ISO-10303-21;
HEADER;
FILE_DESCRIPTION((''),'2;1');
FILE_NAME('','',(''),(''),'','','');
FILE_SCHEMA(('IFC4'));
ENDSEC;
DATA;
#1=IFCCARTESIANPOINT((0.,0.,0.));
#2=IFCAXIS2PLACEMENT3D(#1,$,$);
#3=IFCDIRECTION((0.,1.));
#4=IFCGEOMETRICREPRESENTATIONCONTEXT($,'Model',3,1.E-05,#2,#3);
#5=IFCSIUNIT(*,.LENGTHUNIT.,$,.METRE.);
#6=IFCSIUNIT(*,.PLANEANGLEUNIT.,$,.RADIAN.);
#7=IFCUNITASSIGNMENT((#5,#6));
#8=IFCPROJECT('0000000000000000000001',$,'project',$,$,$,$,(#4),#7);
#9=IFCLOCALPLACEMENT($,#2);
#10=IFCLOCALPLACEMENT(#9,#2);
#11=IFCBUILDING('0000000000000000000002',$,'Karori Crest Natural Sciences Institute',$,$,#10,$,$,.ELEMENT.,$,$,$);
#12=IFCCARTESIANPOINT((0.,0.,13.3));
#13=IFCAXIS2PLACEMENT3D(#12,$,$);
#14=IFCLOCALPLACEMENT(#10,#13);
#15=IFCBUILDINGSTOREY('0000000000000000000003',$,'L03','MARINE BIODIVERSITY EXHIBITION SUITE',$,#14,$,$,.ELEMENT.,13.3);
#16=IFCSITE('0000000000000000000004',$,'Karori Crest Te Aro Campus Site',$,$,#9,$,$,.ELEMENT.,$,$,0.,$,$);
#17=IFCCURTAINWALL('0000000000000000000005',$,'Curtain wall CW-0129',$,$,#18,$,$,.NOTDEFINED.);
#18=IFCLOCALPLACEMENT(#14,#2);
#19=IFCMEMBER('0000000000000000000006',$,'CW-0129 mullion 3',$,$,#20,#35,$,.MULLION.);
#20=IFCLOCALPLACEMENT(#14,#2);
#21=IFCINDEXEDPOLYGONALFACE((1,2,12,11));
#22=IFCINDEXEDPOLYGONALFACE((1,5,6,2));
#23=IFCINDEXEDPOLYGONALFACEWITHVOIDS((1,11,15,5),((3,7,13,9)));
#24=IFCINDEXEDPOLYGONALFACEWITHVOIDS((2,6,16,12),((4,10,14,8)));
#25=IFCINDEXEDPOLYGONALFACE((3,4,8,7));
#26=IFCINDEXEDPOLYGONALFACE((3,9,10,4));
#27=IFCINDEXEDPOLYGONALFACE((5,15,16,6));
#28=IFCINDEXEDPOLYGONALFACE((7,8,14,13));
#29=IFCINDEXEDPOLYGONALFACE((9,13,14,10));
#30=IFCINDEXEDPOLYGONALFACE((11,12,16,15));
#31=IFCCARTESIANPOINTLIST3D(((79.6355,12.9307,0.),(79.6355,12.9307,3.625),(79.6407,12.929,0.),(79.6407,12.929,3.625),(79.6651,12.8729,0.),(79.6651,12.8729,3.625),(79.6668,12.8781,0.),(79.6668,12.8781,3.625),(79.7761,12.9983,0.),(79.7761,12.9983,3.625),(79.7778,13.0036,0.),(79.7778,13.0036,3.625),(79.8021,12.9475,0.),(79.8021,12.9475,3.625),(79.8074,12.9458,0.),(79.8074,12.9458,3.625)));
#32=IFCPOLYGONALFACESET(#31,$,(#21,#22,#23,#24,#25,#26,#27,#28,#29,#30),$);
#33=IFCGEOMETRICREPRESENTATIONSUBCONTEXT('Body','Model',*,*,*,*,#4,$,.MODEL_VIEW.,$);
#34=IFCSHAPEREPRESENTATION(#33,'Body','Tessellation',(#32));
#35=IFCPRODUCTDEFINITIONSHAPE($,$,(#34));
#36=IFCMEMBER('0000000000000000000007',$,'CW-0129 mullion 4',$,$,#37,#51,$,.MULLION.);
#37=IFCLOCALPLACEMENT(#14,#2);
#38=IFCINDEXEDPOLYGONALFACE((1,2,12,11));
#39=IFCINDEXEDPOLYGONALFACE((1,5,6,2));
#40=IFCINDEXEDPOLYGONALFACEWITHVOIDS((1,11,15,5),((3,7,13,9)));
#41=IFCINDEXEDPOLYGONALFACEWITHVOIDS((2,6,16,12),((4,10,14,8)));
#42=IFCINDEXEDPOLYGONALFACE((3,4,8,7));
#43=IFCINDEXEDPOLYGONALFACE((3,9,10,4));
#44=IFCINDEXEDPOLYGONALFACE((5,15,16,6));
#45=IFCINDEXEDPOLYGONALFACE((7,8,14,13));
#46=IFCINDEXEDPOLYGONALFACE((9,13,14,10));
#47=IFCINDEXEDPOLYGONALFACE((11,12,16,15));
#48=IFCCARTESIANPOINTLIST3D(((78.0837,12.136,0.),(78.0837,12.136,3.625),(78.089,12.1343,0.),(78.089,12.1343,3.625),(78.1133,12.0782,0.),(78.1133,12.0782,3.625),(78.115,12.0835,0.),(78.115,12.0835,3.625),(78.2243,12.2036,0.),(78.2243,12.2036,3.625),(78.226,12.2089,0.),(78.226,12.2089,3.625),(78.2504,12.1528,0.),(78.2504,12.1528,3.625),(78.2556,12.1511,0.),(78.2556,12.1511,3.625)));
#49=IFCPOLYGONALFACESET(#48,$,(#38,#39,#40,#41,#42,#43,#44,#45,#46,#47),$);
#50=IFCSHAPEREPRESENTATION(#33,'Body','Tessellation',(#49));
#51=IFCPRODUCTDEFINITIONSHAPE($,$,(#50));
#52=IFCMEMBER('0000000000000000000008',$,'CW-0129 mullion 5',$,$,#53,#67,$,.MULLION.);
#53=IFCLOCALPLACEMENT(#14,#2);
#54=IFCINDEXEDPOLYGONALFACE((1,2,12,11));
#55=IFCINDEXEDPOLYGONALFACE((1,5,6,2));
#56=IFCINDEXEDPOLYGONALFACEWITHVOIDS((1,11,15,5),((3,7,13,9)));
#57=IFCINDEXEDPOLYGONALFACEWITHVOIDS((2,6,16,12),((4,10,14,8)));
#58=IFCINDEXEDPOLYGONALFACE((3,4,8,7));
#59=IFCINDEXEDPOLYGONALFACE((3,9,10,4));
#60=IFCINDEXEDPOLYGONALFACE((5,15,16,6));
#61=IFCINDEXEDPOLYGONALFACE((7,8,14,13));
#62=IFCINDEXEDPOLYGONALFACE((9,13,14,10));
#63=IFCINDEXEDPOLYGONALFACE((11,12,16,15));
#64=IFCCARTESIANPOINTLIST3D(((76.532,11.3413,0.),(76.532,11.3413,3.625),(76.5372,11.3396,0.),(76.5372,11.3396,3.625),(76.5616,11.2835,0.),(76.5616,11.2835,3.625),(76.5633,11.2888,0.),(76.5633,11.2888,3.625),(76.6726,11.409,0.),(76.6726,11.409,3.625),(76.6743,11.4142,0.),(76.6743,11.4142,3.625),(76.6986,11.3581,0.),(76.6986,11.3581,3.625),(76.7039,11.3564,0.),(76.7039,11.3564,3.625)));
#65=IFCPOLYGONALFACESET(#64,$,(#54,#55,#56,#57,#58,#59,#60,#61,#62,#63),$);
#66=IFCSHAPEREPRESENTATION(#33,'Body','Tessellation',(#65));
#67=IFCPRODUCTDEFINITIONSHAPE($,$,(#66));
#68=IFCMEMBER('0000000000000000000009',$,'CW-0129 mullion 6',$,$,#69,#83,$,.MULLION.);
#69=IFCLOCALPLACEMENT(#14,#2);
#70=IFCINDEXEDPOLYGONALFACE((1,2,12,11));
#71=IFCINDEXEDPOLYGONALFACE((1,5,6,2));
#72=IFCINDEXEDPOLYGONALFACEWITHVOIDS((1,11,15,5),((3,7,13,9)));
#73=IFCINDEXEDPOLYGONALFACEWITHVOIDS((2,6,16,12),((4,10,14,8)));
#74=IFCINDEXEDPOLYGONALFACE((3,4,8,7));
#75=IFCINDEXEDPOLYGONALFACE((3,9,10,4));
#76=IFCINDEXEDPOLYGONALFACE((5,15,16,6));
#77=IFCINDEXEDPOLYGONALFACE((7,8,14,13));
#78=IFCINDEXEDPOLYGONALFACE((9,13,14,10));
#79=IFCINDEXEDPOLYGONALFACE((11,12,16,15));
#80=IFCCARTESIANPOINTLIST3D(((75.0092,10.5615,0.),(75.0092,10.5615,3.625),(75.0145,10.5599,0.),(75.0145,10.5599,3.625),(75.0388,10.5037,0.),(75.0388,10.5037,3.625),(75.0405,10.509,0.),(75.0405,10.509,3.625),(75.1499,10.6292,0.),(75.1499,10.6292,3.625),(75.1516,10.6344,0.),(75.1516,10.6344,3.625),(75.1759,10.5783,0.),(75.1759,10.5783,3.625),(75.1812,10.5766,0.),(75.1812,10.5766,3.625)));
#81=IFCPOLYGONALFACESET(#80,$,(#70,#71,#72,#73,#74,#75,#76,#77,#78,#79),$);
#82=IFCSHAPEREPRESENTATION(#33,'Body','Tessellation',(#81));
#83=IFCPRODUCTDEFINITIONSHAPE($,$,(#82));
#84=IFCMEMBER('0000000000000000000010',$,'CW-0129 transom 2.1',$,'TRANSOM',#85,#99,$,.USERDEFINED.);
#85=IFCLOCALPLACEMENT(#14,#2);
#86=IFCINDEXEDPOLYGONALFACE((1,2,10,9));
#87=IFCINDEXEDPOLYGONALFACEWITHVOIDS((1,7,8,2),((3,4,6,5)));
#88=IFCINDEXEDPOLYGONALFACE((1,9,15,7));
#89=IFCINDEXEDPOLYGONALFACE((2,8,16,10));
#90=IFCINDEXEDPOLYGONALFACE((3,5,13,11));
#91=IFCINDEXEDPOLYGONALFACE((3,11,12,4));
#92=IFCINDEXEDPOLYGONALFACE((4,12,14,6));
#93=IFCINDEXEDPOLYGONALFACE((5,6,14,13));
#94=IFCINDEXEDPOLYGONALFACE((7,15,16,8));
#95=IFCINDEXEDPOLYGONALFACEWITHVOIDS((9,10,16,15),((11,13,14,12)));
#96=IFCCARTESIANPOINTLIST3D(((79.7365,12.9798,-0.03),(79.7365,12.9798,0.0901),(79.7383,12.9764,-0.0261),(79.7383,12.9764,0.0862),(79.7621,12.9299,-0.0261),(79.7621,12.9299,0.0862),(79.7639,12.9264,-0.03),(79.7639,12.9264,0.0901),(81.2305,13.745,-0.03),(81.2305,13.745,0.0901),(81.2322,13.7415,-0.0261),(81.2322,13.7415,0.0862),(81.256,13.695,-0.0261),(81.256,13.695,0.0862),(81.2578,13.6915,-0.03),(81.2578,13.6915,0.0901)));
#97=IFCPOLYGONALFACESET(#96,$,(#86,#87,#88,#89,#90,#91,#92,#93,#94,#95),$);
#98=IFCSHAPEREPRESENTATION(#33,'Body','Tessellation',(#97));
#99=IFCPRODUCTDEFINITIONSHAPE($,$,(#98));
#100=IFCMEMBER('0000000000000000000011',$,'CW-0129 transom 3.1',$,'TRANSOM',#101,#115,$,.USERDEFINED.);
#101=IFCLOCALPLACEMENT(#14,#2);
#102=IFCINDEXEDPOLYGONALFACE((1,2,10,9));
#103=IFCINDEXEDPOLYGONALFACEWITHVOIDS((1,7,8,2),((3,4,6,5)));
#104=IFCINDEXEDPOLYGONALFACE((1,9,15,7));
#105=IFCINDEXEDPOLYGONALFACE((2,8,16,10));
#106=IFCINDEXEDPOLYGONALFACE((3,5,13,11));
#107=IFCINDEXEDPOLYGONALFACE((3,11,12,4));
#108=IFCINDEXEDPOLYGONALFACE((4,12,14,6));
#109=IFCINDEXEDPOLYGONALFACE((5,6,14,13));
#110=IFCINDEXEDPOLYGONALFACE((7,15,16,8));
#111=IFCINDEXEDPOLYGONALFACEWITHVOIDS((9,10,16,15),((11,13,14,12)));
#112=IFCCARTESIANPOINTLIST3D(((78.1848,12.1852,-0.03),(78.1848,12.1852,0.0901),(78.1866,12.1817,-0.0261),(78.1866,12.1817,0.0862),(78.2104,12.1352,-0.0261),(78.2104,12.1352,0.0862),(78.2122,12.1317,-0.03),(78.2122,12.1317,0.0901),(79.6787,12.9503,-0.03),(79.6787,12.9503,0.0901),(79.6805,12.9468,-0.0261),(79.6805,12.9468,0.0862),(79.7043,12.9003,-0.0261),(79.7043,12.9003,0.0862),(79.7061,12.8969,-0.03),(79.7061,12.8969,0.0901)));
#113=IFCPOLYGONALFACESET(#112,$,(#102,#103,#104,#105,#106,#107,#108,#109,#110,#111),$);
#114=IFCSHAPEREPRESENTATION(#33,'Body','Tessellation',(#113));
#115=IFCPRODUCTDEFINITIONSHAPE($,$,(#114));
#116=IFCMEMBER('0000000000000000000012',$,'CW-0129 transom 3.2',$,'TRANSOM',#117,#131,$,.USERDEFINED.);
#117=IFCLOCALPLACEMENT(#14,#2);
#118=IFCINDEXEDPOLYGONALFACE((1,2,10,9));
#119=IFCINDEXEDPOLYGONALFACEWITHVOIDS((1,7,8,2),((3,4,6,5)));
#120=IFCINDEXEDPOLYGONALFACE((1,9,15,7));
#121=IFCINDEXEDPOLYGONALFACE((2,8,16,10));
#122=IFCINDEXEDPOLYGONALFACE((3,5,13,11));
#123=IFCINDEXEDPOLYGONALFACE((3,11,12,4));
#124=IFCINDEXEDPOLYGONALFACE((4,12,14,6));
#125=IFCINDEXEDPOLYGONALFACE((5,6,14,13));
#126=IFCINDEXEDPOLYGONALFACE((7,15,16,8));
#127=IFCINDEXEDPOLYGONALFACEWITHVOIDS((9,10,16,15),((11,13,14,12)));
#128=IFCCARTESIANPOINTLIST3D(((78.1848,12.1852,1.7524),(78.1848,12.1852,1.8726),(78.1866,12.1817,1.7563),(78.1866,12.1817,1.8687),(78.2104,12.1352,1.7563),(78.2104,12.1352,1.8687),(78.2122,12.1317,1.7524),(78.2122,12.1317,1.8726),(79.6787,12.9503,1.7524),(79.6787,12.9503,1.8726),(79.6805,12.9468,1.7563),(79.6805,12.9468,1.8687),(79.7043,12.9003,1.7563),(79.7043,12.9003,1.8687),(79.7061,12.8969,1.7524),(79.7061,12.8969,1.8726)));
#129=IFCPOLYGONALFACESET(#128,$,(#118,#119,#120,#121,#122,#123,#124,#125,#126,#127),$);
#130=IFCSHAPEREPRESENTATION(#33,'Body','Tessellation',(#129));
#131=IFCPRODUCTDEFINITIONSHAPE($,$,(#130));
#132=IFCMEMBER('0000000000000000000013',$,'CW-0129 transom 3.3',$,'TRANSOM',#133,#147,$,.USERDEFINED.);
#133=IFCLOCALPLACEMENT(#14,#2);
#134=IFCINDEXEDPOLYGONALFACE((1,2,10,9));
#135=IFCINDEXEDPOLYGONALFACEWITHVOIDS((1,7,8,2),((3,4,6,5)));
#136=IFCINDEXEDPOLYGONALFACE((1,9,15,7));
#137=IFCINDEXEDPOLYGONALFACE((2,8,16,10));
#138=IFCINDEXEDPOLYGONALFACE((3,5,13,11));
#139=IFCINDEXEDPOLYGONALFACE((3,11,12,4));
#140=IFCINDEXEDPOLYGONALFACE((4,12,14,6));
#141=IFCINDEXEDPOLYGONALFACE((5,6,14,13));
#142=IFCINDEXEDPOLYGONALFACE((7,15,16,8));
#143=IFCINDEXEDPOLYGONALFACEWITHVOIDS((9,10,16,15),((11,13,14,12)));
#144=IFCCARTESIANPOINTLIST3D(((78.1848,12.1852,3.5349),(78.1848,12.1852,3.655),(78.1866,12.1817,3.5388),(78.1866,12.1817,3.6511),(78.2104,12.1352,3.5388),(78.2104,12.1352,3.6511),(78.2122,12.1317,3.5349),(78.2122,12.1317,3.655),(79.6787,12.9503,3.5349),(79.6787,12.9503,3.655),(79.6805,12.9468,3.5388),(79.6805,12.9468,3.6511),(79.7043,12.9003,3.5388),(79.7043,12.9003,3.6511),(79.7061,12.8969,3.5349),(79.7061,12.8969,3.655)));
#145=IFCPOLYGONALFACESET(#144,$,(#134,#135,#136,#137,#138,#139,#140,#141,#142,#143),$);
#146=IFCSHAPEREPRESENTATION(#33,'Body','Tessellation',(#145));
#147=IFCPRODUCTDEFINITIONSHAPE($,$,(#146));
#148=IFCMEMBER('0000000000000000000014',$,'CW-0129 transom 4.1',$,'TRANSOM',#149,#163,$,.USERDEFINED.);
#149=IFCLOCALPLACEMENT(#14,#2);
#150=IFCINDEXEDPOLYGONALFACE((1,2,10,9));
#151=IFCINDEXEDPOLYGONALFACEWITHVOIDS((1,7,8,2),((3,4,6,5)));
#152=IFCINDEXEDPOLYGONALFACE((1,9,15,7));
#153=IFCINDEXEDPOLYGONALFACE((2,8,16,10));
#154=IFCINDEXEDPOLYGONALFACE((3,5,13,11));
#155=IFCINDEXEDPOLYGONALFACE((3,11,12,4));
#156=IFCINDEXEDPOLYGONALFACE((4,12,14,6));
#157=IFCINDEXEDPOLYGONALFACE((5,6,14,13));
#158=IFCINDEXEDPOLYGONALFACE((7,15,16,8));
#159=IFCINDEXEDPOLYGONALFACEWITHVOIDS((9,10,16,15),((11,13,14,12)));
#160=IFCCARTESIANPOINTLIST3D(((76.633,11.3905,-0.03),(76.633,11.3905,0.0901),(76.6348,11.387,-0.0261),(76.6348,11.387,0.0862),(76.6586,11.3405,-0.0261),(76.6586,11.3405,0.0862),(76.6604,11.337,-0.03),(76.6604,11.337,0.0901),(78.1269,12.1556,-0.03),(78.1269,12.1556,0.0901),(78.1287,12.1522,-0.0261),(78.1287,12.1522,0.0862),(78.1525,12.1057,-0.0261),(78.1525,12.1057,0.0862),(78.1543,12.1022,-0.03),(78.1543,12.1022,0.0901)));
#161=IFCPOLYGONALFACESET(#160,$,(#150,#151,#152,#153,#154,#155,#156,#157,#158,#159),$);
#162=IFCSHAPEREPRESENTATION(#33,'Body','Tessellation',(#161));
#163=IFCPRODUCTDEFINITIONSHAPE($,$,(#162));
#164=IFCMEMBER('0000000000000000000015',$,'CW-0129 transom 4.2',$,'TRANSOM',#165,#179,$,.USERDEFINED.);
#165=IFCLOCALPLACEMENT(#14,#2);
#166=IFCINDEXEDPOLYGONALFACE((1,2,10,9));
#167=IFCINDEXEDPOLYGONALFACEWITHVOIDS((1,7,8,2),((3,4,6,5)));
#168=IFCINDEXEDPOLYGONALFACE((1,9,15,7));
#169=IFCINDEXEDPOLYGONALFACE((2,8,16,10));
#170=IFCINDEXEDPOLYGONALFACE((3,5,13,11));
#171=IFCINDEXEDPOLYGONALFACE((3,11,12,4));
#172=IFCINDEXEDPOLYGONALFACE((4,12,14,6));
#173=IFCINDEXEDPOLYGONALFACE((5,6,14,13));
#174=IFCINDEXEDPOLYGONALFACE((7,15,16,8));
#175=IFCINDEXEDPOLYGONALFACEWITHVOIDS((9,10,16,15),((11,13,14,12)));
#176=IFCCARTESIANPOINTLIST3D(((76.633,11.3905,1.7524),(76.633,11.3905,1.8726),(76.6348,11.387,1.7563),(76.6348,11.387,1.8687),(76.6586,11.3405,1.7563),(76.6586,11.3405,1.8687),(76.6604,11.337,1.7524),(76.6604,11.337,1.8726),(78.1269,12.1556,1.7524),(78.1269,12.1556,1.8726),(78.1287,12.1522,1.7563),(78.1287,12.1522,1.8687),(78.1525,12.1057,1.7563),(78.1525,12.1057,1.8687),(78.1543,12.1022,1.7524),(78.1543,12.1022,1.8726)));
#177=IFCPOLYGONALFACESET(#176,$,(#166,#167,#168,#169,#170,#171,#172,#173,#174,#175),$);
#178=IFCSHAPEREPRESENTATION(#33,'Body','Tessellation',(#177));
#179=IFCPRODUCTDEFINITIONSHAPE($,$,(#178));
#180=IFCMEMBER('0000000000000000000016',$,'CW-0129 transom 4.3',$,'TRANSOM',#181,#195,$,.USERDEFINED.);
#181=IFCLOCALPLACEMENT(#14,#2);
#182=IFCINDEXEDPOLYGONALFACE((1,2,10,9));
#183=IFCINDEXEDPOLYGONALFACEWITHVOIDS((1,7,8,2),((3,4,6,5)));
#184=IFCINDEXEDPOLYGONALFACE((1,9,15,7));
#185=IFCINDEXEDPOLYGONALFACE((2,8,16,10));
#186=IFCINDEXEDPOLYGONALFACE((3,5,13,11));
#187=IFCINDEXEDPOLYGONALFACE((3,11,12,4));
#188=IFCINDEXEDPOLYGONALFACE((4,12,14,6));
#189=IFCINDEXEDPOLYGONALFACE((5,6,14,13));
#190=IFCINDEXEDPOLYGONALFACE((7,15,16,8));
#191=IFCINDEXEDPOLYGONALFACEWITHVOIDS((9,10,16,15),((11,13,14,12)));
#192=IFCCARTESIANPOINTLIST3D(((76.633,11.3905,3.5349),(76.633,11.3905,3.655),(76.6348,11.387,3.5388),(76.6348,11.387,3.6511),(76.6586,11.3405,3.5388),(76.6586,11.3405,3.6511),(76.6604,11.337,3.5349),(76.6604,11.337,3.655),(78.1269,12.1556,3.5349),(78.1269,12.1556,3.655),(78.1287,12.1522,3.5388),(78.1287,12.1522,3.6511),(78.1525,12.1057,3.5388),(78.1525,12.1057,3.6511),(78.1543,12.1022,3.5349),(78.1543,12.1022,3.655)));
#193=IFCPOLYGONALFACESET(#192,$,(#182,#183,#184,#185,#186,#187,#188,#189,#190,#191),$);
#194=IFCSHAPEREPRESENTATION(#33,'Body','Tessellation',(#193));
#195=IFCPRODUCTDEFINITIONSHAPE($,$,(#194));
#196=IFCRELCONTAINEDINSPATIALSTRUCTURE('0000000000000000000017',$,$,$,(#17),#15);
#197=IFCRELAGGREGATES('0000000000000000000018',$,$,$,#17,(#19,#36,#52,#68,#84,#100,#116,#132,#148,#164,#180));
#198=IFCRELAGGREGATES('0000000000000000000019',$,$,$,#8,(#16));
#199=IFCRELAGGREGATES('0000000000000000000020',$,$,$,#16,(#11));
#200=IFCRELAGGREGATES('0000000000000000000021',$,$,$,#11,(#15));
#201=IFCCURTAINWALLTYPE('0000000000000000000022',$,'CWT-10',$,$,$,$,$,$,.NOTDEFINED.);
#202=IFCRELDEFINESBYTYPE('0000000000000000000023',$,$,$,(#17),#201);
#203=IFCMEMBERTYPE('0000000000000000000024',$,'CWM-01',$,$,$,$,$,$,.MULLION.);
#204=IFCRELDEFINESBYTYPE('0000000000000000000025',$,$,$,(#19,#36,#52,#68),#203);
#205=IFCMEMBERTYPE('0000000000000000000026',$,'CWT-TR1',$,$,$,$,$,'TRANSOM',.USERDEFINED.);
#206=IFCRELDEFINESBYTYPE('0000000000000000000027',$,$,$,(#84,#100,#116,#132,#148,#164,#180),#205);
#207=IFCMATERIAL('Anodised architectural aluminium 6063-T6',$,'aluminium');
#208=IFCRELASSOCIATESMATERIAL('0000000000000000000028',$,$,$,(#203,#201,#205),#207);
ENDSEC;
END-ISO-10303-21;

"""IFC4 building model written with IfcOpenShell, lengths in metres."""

from ifc_helpers import new_model, si_unit, direction, frame, origin, origin_2d, place, context, subcontext, project, spatial, hollow_rectangle, extrude, material, material_profile, profile_set, type_object, element, aggregate, save


model = new_model("IFC4")

# Units and contexts
model_context = context("Model", 3, precision=1e-05, world=origin(), true_north=direction((0.0, 1.0)))
body_context = subcontext(model_context, "Body", "Model", "MODEL_VIEW")
ifc_project = project(units=[si_unit("LENGTHUNIT", "METRE"), si_unit("PLANEANGLEUNIT", "RADIAN")], contexts=[model_context])

# Site, building, storey
site_placement = place(None, origin())
site = spatial("IfcSite", under=ifc_project, at=site_placement, Name="Karori Crest Te Aro Campus Site", CompositionType="ELEMENT", RefElevation=0.0)
building_placement = place(site_placement, origin())
building = spatial("IfcBuilding", under=site, at=building_placement, Name="Karori Crest Natural Sciences Institute", CompositionType="ELEMENT")
storey_placement = place(building_placement, frame((0.0, 0.0, 13.3)))
storey = spatial("IfcBuildingStorey", under=building, at=storey_placement, Name="L03", Description="MARINE BIODIVERSITY EXHIBITION SUITE", CompositionType="ELEMENT", Elevation=13.3)

# Shared definitions
ifc_material_1 = material(Name="Anodised architectural aluminium 6063-T6", Category="aluminium")
ifc_material_profile_1 = material_profile(ifc_material_1, hollow_rectangle(XDim=0.0649, YDim=0.1599, WallThickness=0.0039, at=origin_2d()), Name="CWM160x65x4")
ifc_profile_set_1 = profile_set([ifc_material_profile_1], Name="Anodised architectural aluminium 6063-T6")
member_type_1 = type_object("IfcMemberType", Name="CWM-01", PredefinedType="MULLION", material=ifc_profile_set_1)

# Curtain wall, members
curtain_wall_type_1 = type_object("IfcCurtainWallType", Name="CWT-10", PredefinedType="NOTDEFINED", material=ifc_material_1)
curtain_wall_1_placement = place(storey_placement, origin())
curtain_wall_1 = element("IfcCurtainWall", 1, at=curtain_wall_1_placement, inside=storey, type_object=curtain_wall_type_1, Name="Curtain wall CW-0129", PredefinedType="NOTDEFINED")
member_1_placement = place(storey_placement, frame((79.7214, 12.9382, 0.0), z_axis=(0.0, 0.0, 1.0), x_axis=(0.455829, -0.890067, 0.0)))
member_1 = element("IfcMember", 2, at=member_1_placement, type_object=member_type_1, Name="CW-0129 mullion 3", PredefinedType="MULLION", context=body_context, shape_type="SweptSolid", body=[
    extrude(hollow_rectangle(XDim=0.0649, YDim=0.1599, WallThickness=0.0039, at=origin_2d()), origin(), (0.0, 0.0, 1.0), 3.625),
])
member_2_placement = place(storey_placement, frame((78.1697, 12.1436, 0.0), z_axis=(0.0, 0.0, 1.0), x_axis=(0.455829, -0.890067, 0.0)))
member_2 = element("IfcMember", 3, at=member_2_placement, type_object=member_type_1, Name="CW-0129 mullion 4", PredefinedType="MULLION", context=body_context, shape_type="SweptSolid", body=[
    extrude(hollow_rectangle(XDim=0.0649, YDim=0.1599, WallThickness=0.0039, at=origin_2d()), origin(), (0.0, 0.0, 1.0), 3.625),
])
member_3_placement = place(storey_placement, frame((76.6179, 11.3489, 0.0), z_axis=(0.0, 0.0, 1.0), x_axis=(0.455829, -0.890067, 0.0)))
member_3 = element("IfcMember", 4, at=member_3_placement, type_object=member_type_1, Name="CW-0129 mullion 5", PredefinedType="MULLION", context=body_context, shape_type="SweptSolid", body=[
    extrude(hollow_rectangle(XDim=0.0649, YDim=0.1599, WallThickness=0.0039, at=origin_2d()), origin(), (0.0, 0.0, 1.0), 3.625),
])
member_4_placement = place(storey_placement, frame((75.0952, 10.5691, 0.0), z_axis=(0.0, 0.0, 1.0), x_axis=(0.455829, -0.890067, 0.0)))
member_4 = element("IfcMember", 5, at=member_4_placement, type_object=member_type_1, Name="CW-0129 mullion 6", PredefinedType="MULLION", context=body_context, shape_type="SweptSolid", body=[
    extrude(hollow_rectangle(XDim=0.0649, YDim=0.1599, WallThickness=0.0039, at=origin_2d()), origin(), (0.0, 0.0, 1.0), 3.625),
])
ifc_material_profile_2 = material_profile(ifc_material_1, hollow_rectangle(XDim=0.0601, YDim=0.1201, WallThickness=0.0039, at=origin_2d()), Name="CWT120x60x4")
ifc_profile_set_2 = profile_set([ifc_material_profile_2], Name="Anodised architectural aluminium 6063-T6")
member_type_2 = type_object("IfcMemberType", Name="CWT-TR1", ElementType="TRANSOM", PredefinedType="USERDEFINED", material=ifc_profile_set_2)
member_5_placement = place(storey_placement, frame((81.2441, 13.7183, 0.03), z_axis=(-0.890051, -0.455862, 0.0), x_axis=(0.455862, -0.890051, 0.0)))
member_5 = element("IfcMember", 6, at=member_5_placement, type_object=member_type_2, Name="CW-0129 transom 2.1", ObjectType="TRANSOM", PredefinedType="USERDEFINED", context=body_context, shape_type="SweptSolid", body=[
    extrude(hollow_rectangle(XDim=0.0601, YDim=0.1201, WallThickness=0.0039, at=origin_2d()), origin(), (0.0, 0.0, 1.0), 1.6785),
])
member_6_placement = place(storey_placement, frame((79.6924, 12.9236, 0.03), z_axis=(-0.890051, -0.455862, 0.0), x_axis=(0.455862, -0.890051, 0.0)))
member_6 = element("IfcMember", 7, at=member_6_placement, type_object=member_type_2, Name="CW-0129 transom 3.1", ObjectType="TRANSOM", PredefinedType="USERDEFINED", context=body_context, shape_type="SweptSolid", body=[
    extrude(hollow_rectangle(XDim=0.0601, YDim=0.1201, WallThickness=0.0039, at=origin_2d()), origin(), (0.0, 0.0, 1.0), 1.6785),
])
member_7_placement = place(storey_placement, frame((79.6924, 12.9236, 1.8125), z_axis=(-0.890051, -0.455862, 0.0), x_axis=(0.455862, -0.890051, 0.0)))
member_7 = element("IfcMember", 8, at=member_7_placement, type_object=member_type_2, Name="CW-0129 transom 3.2", ObjectType="TRANSOM", PredefinedType="USERDEFINED", context=body_context, shape_type="SweptSolid", body=[
    extrude(hollow_rectangle(XDim=0.0601, YDim=0.1201, WallThickness=0.0039, at=origin_2d()), origin(), (0.0, 0.0, 1.0), 1.6785),
])
member_8_placement = place(storey_placement, frame((79.6924, 12.9236, 3.595), z_axis=(-0.890051, -0.455862, 0.0), x_axis=(0.455862, -0.890051, 0.0)))
member_8 = element("IfcMember", 9, at=member_8_placement, type_object=member_type_2, Name="CW-0129 transom 3.3", ObjectType="TRANSOM", PredefinedType="USERDEFINED", context=body_context, shape_type="SweptSolid", body=[
    extrude(hollow_rectangle(XDim=0.0601, YDim=0.1201, WallThickness=0.0039, at=origin_2d()), origin(), (0.0, 0.0, 1.0), 1.6785),
])
member_9_placement = place(storey_placement, frame((78.1406, 12.1289, 0.03), z_axis=(-0.890051, -0.455862, 0.0), x_axis=(0.455862, -0.890051, 0.0)))
member_9 = element("IfcMember", 10, at=member_9_placement, type_object=member_type_2, Name="CW-0129 transom 4.1", ObjectType="TRANSOM", PredefinedType="USERDEFINED", context=body_context, shape_type="SweptSolid", body=[
    extrude(hollow_rectangle(XDim=0.0601, YDim=0.1201, WallThickness=0.0039, at=origin_2d()), origin(), (0.0, 0.0, 1.0), 1.6785),
])
member_10_placement = place(storey_placement, frame((78.1406, 12.1289, 1.8125), z_axis=(-0.890051, -0.455862, 0.0), x_axis=(0.455862, -0.890051, 0.0)))
member_10 = element("IfcMember", 11, at=member_10_placement, type_object=member_type_2, Name="CW-0129 transom 4.2", ObjectType="TRANSOM", PredefinedType="USERDEFINED", context=body_context, shape_type="SweptSolid", body=[
    extrude(hollow_rectangle(XDim=0.0601, YDim=0.1201, WallThickness=0.0039, at=origin_2d()), origin(), (0.0, 0.0, 1.0), 1.6785),
])
member_11_placement = place(storey_placement, frame((78.1406, 12.1289, 3.595), z_axis=(-0.890051, -0.455862, 0.0), x_axis=(0.455862, -0.890051, 0.0)))
member_11 = element("IfcMember", 12, at=member_11_placement, type_object=member_type_2, Name="CW-0129 transom 4.3", ObjectType="TRANSOM", PredefinedType="USERDEFINED", context=body_context, shape_type="SweptSolid", body=[
    extrude(hollow_rectangle(XDim=0.0601, YDim=0.1201, WallThickness=0.0039, at=origin_2d()), origin(), (0.0, 0.0, 1.0), 1.6785),
])

aggregate(curtain_wall_1, [member_1, member_2, member_3, member_4, member_5, member_6, member_7, member_8, member_9, member_10, member_11])

save(model, "model.ifc")
